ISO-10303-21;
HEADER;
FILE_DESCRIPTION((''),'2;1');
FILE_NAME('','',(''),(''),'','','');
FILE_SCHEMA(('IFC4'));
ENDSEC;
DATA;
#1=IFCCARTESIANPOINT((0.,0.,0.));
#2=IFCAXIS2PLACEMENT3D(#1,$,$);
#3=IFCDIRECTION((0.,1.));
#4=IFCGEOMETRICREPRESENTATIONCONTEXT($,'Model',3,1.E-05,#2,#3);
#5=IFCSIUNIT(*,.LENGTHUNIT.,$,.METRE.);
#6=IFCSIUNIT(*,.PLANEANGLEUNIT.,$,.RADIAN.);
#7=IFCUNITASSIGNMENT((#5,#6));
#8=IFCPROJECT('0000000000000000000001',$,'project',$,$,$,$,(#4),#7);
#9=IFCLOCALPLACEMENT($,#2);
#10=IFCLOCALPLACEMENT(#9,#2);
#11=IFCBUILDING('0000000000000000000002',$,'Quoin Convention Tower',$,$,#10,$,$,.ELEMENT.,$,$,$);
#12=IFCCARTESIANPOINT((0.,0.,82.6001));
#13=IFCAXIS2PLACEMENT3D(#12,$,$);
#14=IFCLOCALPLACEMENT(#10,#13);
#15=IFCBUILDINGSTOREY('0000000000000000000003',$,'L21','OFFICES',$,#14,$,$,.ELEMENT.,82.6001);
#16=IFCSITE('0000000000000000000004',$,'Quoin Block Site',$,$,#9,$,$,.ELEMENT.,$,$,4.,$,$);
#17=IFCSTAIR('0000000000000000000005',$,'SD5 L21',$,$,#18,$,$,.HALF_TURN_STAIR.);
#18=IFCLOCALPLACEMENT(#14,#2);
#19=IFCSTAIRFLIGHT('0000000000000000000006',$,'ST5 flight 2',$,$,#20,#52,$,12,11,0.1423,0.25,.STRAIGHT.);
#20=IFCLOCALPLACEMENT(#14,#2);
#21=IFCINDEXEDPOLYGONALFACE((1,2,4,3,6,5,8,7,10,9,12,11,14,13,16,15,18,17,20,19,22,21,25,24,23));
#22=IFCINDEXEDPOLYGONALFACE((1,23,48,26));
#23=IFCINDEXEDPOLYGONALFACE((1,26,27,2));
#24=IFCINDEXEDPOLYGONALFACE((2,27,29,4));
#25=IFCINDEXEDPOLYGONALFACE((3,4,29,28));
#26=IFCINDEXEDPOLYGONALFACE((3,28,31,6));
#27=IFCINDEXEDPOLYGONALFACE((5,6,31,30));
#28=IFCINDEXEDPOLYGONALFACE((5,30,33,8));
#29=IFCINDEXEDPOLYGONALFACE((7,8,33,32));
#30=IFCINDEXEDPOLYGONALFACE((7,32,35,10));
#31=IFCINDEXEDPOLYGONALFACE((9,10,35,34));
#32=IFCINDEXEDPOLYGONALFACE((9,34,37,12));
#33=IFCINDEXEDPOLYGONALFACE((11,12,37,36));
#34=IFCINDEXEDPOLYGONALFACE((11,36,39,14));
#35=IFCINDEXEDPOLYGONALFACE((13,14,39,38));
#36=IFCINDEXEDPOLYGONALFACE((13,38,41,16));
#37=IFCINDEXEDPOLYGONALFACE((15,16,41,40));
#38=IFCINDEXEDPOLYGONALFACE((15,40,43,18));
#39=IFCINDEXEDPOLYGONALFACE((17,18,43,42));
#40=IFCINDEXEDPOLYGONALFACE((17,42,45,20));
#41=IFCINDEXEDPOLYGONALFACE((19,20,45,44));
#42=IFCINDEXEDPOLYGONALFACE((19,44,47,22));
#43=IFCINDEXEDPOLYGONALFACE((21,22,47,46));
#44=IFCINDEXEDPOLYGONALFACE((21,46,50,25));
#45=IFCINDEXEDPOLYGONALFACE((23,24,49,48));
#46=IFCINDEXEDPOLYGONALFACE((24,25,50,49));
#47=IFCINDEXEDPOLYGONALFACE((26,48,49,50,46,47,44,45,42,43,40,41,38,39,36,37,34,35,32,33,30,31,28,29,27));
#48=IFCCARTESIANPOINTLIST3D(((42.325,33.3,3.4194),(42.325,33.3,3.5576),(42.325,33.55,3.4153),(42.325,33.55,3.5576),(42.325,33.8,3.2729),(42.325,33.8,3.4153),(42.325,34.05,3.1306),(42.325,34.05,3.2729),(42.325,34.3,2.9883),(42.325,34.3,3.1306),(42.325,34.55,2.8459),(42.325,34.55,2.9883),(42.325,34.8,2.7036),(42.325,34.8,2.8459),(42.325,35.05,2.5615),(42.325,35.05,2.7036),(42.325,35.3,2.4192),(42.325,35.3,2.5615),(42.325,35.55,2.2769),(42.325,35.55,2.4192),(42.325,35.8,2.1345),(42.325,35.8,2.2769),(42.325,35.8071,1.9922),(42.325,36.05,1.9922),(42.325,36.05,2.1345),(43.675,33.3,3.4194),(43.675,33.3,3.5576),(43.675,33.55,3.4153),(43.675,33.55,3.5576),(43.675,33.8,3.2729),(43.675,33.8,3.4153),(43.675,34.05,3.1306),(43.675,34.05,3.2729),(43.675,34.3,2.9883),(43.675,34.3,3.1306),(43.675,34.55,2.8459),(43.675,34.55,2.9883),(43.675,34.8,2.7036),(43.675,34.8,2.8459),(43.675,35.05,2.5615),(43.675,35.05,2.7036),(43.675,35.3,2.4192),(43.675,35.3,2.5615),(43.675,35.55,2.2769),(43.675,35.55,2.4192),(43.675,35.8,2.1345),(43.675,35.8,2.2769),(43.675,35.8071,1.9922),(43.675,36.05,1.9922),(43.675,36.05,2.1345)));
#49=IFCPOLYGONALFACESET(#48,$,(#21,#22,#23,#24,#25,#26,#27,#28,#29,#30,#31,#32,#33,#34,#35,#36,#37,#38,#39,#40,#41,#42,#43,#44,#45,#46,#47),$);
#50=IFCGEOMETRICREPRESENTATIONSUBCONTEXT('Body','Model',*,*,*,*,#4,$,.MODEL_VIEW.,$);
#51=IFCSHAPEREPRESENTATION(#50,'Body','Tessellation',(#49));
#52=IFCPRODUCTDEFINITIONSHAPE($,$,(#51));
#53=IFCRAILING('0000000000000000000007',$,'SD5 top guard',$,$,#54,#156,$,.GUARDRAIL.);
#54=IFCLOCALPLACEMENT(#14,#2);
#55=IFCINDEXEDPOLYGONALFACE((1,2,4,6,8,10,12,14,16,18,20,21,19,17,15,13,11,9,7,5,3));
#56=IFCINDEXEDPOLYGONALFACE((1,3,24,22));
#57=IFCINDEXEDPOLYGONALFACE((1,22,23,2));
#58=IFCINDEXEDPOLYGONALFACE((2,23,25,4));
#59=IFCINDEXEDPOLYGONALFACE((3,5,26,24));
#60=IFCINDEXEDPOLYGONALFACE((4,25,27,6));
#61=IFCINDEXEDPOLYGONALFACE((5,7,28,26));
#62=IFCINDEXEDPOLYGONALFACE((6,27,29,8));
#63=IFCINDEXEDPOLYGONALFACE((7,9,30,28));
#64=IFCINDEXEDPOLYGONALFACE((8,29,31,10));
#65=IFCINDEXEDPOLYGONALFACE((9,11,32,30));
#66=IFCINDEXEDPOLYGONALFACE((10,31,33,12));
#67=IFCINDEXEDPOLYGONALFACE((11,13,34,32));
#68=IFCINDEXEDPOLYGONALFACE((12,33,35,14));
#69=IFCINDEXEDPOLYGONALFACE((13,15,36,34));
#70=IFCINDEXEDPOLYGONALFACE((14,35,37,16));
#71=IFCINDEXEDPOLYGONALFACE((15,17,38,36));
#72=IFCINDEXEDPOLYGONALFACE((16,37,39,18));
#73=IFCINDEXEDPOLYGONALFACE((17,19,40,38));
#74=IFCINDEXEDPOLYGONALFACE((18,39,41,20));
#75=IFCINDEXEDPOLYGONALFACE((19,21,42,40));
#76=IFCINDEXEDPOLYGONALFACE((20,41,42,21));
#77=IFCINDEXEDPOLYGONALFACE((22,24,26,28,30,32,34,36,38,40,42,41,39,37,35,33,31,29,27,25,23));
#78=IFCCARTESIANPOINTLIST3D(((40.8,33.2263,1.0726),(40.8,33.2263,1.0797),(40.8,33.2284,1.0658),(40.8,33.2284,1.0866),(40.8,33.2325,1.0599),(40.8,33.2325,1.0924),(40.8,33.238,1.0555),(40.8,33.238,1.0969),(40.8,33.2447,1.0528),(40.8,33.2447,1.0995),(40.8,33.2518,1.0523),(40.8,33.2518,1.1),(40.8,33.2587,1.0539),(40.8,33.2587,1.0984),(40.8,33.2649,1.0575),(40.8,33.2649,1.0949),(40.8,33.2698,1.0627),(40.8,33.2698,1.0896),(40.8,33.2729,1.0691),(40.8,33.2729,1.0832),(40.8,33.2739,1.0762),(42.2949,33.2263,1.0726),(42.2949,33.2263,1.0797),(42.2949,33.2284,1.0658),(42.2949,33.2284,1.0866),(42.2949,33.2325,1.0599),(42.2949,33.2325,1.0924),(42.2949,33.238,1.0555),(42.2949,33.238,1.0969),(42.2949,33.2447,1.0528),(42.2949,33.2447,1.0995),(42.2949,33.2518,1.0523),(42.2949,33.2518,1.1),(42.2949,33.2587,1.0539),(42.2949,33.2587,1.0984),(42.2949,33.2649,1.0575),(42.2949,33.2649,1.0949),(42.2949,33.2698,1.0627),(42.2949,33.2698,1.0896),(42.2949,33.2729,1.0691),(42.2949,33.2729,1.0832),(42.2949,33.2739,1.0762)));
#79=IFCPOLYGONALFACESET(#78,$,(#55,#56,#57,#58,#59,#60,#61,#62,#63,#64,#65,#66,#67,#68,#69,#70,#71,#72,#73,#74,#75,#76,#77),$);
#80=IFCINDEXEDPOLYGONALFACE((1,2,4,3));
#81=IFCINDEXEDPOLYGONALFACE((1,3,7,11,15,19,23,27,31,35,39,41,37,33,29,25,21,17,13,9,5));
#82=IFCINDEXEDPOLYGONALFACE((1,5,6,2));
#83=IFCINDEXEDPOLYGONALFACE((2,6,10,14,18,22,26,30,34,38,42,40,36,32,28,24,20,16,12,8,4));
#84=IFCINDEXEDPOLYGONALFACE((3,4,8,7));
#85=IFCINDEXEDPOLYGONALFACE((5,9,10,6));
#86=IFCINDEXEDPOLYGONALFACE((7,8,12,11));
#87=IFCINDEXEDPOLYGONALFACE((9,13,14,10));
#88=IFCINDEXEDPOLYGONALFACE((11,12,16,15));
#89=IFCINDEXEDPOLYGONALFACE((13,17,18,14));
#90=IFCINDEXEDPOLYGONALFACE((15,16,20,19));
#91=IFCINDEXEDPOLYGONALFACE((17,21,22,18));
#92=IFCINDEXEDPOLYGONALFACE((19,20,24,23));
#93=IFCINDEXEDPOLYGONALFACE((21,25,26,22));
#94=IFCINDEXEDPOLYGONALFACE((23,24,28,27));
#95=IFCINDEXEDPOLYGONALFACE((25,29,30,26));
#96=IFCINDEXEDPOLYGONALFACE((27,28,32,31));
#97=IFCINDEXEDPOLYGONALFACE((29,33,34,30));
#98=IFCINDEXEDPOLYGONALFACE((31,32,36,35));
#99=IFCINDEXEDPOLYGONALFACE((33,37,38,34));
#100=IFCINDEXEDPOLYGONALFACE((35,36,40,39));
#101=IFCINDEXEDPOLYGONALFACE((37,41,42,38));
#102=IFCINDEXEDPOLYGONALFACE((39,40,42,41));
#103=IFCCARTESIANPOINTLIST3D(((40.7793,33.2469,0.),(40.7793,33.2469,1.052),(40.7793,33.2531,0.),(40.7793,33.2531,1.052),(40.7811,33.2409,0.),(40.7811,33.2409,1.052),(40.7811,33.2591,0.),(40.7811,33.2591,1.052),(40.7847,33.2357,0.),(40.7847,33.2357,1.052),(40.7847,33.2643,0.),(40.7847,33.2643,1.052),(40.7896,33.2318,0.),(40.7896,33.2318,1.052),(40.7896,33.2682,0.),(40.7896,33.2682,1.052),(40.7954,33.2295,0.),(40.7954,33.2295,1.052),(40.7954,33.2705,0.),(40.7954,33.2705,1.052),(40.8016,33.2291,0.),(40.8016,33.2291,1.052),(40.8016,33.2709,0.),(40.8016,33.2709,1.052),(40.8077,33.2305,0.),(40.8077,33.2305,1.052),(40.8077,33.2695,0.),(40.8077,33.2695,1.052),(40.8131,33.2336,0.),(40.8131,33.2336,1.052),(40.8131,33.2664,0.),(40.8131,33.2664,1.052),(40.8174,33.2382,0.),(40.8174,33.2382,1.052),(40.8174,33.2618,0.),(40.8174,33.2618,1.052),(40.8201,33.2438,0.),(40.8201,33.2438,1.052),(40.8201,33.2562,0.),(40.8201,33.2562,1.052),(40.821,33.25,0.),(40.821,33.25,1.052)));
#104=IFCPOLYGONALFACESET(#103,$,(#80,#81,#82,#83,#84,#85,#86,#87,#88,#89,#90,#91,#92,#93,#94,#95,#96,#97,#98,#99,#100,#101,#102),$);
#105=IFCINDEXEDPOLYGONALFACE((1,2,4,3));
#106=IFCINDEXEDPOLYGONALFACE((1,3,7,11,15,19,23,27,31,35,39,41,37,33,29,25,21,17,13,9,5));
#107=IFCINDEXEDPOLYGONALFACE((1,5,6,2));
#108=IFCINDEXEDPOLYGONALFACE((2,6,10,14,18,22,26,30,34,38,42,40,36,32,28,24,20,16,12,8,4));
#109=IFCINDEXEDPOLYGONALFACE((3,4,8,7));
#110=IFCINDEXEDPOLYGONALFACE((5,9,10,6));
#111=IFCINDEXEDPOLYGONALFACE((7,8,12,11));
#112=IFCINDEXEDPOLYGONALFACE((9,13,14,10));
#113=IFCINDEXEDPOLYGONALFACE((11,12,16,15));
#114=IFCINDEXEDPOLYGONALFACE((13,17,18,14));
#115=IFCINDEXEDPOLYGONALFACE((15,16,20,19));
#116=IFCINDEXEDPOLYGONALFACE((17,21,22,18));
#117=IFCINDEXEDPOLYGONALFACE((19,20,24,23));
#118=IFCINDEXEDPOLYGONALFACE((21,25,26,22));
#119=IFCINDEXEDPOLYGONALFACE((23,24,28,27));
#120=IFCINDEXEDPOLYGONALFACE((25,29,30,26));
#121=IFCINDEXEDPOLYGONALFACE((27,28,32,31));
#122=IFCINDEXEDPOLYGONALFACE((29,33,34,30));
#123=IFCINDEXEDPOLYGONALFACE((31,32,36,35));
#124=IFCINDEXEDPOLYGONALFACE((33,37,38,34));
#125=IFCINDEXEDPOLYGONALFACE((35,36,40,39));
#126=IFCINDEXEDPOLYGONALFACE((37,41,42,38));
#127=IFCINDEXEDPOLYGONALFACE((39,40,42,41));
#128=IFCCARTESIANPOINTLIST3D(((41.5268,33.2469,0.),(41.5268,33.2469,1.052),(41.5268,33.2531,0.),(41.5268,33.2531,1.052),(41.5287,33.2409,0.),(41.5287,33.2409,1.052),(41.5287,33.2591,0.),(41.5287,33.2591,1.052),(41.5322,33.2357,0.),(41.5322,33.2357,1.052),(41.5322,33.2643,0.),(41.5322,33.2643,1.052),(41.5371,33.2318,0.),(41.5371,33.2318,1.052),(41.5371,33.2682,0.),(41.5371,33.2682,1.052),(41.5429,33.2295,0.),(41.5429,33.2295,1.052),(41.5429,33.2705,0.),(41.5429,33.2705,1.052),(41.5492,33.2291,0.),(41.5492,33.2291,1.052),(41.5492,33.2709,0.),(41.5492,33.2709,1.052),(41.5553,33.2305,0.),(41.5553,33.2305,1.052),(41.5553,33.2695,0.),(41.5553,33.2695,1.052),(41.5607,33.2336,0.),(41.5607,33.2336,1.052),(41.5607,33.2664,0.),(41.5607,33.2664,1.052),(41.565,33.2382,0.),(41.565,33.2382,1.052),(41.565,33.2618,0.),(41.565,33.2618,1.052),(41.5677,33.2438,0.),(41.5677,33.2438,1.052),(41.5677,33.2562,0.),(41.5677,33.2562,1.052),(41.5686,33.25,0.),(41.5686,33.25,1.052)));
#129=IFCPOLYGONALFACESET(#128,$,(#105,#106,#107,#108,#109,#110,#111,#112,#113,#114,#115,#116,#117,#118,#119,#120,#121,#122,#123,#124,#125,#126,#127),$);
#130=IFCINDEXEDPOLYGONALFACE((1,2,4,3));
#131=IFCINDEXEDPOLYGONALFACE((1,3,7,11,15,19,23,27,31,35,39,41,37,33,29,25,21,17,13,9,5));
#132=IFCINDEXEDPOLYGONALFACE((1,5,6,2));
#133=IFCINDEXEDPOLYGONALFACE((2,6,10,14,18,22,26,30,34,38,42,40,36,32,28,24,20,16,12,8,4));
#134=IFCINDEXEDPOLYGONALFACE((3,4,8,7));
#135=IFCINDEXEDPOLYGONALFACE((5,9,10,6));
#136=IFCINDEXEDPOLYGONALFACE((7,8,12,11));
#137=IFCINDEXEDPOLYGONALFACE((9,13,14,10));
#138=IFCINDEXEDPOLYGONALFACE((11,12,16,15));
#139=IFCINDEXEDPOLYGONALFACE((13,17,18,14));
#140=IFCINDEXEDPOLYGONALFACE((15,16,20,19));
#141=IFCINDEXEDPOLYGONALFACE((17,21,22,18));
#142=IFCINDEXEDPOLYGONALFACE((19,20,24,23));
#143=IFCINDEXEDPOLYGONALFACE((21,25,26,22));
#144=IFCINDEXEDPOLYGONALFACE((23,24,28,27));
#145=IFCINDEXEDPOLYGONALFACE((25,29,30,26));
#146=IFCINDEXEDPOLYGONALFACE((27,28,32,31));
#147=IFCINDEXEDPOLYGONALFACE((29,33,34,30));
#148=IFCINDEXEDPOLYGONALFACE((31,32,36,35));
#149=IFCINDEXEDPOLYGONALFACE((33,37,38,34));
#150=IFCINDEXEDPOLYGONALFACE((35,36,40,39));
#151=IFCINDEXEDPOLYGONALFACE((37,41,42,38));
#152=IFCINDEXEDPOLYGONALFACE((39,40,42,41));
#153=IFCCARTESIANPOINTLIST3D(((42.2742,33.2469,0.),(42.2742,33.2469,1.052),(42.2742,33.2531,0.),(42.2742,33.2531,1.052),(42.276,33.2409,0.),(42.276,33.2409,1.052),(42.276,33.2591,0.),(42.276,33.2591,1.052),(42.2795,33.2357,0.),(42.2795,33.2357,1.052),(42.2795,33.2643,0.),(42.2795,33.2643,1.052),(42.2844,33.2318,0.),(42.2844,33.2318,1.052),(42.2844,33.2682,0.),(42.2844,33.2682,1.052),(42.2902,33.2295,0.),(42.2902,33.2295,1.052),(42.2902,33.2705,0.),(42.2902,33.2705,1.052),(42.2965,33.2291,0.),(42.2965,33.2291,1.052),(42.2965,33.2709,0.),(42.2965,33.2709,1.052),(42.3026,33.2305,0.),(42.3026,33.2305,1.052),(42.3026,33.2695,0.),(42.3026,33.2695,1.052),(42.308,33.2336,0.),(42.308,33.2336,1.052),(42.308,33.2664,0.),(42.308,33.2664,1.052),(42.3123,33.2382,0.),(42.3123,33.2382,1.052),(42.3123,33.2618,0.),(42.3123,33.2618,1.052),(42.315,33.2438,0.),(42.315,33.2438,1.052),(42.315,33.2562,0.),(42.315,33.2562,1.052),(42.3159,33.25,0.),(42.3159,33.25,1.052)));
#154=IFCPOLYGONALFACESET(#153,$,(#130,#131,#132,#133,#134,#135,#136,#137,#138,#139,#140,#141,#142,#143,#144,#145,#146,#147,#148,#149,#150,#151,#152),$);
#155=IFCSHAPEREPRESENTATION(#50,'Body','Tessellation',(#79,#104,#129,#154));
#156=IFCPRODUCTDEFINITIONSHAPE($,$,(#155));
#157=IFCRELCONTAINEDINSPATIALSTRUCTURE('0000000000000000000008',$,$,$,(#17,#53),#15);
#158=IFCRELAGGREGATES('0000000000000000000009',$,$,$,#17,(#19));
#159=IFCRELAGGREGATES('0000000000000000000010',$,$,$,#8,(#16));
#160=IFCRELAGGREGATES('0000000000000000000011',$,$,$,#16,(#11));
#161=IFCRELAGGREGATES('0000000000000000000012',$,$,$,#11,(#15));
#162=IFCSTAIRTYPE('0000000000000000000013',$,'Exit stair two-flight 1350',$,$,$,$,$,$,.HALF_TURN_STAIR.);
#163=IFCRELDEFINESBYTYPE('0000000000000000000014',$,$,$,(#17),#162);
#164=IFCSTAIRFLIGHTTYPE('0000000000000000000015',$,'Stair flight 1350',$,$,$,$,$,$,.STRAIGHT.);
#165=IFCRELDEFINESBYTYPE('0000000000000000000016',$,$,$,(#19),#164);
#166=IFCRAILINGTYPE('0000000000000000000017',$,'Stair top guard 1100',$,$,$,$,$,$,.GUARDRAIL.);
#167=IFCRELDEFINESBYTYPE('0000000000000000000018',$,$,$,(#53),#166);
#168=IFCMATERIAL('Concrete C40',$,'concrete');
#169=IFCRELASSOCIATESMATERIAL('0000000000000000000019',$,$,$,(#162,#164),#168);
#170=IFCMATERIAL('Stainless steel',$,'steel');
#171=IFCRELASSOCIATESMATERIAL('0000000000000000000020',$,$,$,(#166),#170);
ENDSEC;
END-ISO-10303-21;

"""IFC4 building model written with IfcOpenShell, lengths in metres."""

from ifc_helpers import new_model, si_unit, direction, frame, origin, origin_2d, place, context, subcontext, project, spatial, polyline, circle, outline, extrude, material, type_object, element, aggregate, save


model = new_model("IFC4")

# Units and contexts
model_context = context("Model", 3, precision=1e-05, world=origin(), true_north=direction((0.0, 1.0)))
body_context = subcontext(model_context, "Body", "Model", "MODEL_VIEW")
ifc_project = project(units=[si_unit("LENGTHUNIT", "METRE"), si_unit("PLANEANGLEUNIT", "RADIAN")], contexts=[model_context])

# Site, building, storey
site_placement = place(None, origin())
site = spatial("IfcSite", under=ifc_project, at=site_placement, Name="Quoin Block Site", CompositionType="ELEMENT", RefElevation=4.0)
building_placement = place(site_placement, origin())
building = spatial("IfcBuilding", under=site, at=building_placement, Name="Quoin Convention Tower", CompositionType="ELEMENT")
storey_placement = place(building_placement, frame((0.0, 0.0, 82.6001)))
storey = spatial("IfcBuildingStorey", under=building, at=storey_placement, Name="L21", Description="OFFICES", CompositionType="ELEMENT", Elevation=82.6001)

# Stair, stair flight
ifc_material_1 = material(Name="Concrete C40", Category="concrete")
stair_type = type_object("IfcStairType", Name="Exit stair two-flight 1350", PredefinedType="HALF_TURN_STAIR", material=ifc_material_1)
stair_placement = place(storey_placement, origin())
stair = element("IfcStair", 1, at=stair_placement, inside=storey, type_object=stair_type, Name="SD5 L21", PredefinedType="HALF_TURN_STAIR")
stair_flight_type = type_object("IfcStairFlightType", Name="Stair flight 1350", PredefinedType="STRAIGHT", material=ifc_material_1)
stair_flight_1_placement = place(storey_placement, frame((43.0, 36.05, 1.9922), z_axis=(0.0, 0.0, 1.0), x_axis=(0.0, -1.0, 0.0)))
stair_flight_1 = element("IfcStairFlight", 2, at=stair_flight_1_placement, type_object=stair_flight_type, Name="ST5 flight 2", NumberOfRisers=12, NumberOfTreads=11, PredefinedType="STRAIGHT", RiserHeight=0.1423, TreadLength=0.25, context=body_context, shape_type="SweptSolid", body=[
    extrude(outline(polyline([(0.0, 0.0), (0.0, 0.1423), (0.25, 0.1423), (0.25, 0.2847), (0.5, 0.2847), (0.5, 0.427), (0.75, 0.427), (0.75, 0.5693), (1.0, 0.5693), (1.0, 0.7114), (1.25, 0.7114), (1.25, 0.8538), (1.5, 0.8538), (1.5, 0.9961), (1.75, 0.9961), (1.75, 1.1384), (2.0, 1.1384), (2.0, 1.2808), (2.25, 1.2808), (2.25, 1.4231), (2.5, 1.4231), (2.5, 1.5654), (2.75, 1.5654), (2.75, 1.7078), (2.75, 1.4272), (0.2429, 0.0), (0.0, 0.0)])), frame((0.0, 0.675, 0.0), z_axis=(0.0, -1.0, 0.0), x_axis=(1.0, 0.0, 0.0)), (0.0, 0.0, 1.0), 1.3501),
])
aggregate(stair, [stair_flight_1])

# Railing
ifc_material_2 = material(Name="Stainless steel", Category="steel")
railing_type_1 = type_object("IfcRailingType", Name="Stair top guard 1100", PredefinedType="GUARDRAIL", material=ifc_material_2)
railing_1_placement = place(storey_placement, frame((40.8, 33.25, 0.0)))
element("IfcRailing", 3, at=railing_1_placement, inside=storey, type_object=railing_type_1, Name="SD5 top guard", PredefinedType="GUARDRAIL", context=body_context, shape_type="SweptSolid", body=[
    extrude(circle(Radius=0.0239, at=origin_2d()), frame((0.0, 0.0, 1.0762), z_axis=(1.0, 0.0, 0.0), x_axis=(0.0, 1.0, 0.0)), (0.0, 0.0, 1.0), 1.4949),
    extrude(circle(Radius=0.021, at=origin_2d()), origin(), (0.0, 0.0, 1.0), 1.052),
    extrude(circle(Radius=0.021, at=origin_2d()), frame((0.7476, 0.0, 0.0)), (0.0, 0.0, 1.0), 1.052),
    extrude(circle(Radius=0.021, at=origin_2d()), frame((1.4949, 0.0, 0.0)), (0.0, 0.0, 1.0), 1.052),
])

save(model, "model.ifc")
